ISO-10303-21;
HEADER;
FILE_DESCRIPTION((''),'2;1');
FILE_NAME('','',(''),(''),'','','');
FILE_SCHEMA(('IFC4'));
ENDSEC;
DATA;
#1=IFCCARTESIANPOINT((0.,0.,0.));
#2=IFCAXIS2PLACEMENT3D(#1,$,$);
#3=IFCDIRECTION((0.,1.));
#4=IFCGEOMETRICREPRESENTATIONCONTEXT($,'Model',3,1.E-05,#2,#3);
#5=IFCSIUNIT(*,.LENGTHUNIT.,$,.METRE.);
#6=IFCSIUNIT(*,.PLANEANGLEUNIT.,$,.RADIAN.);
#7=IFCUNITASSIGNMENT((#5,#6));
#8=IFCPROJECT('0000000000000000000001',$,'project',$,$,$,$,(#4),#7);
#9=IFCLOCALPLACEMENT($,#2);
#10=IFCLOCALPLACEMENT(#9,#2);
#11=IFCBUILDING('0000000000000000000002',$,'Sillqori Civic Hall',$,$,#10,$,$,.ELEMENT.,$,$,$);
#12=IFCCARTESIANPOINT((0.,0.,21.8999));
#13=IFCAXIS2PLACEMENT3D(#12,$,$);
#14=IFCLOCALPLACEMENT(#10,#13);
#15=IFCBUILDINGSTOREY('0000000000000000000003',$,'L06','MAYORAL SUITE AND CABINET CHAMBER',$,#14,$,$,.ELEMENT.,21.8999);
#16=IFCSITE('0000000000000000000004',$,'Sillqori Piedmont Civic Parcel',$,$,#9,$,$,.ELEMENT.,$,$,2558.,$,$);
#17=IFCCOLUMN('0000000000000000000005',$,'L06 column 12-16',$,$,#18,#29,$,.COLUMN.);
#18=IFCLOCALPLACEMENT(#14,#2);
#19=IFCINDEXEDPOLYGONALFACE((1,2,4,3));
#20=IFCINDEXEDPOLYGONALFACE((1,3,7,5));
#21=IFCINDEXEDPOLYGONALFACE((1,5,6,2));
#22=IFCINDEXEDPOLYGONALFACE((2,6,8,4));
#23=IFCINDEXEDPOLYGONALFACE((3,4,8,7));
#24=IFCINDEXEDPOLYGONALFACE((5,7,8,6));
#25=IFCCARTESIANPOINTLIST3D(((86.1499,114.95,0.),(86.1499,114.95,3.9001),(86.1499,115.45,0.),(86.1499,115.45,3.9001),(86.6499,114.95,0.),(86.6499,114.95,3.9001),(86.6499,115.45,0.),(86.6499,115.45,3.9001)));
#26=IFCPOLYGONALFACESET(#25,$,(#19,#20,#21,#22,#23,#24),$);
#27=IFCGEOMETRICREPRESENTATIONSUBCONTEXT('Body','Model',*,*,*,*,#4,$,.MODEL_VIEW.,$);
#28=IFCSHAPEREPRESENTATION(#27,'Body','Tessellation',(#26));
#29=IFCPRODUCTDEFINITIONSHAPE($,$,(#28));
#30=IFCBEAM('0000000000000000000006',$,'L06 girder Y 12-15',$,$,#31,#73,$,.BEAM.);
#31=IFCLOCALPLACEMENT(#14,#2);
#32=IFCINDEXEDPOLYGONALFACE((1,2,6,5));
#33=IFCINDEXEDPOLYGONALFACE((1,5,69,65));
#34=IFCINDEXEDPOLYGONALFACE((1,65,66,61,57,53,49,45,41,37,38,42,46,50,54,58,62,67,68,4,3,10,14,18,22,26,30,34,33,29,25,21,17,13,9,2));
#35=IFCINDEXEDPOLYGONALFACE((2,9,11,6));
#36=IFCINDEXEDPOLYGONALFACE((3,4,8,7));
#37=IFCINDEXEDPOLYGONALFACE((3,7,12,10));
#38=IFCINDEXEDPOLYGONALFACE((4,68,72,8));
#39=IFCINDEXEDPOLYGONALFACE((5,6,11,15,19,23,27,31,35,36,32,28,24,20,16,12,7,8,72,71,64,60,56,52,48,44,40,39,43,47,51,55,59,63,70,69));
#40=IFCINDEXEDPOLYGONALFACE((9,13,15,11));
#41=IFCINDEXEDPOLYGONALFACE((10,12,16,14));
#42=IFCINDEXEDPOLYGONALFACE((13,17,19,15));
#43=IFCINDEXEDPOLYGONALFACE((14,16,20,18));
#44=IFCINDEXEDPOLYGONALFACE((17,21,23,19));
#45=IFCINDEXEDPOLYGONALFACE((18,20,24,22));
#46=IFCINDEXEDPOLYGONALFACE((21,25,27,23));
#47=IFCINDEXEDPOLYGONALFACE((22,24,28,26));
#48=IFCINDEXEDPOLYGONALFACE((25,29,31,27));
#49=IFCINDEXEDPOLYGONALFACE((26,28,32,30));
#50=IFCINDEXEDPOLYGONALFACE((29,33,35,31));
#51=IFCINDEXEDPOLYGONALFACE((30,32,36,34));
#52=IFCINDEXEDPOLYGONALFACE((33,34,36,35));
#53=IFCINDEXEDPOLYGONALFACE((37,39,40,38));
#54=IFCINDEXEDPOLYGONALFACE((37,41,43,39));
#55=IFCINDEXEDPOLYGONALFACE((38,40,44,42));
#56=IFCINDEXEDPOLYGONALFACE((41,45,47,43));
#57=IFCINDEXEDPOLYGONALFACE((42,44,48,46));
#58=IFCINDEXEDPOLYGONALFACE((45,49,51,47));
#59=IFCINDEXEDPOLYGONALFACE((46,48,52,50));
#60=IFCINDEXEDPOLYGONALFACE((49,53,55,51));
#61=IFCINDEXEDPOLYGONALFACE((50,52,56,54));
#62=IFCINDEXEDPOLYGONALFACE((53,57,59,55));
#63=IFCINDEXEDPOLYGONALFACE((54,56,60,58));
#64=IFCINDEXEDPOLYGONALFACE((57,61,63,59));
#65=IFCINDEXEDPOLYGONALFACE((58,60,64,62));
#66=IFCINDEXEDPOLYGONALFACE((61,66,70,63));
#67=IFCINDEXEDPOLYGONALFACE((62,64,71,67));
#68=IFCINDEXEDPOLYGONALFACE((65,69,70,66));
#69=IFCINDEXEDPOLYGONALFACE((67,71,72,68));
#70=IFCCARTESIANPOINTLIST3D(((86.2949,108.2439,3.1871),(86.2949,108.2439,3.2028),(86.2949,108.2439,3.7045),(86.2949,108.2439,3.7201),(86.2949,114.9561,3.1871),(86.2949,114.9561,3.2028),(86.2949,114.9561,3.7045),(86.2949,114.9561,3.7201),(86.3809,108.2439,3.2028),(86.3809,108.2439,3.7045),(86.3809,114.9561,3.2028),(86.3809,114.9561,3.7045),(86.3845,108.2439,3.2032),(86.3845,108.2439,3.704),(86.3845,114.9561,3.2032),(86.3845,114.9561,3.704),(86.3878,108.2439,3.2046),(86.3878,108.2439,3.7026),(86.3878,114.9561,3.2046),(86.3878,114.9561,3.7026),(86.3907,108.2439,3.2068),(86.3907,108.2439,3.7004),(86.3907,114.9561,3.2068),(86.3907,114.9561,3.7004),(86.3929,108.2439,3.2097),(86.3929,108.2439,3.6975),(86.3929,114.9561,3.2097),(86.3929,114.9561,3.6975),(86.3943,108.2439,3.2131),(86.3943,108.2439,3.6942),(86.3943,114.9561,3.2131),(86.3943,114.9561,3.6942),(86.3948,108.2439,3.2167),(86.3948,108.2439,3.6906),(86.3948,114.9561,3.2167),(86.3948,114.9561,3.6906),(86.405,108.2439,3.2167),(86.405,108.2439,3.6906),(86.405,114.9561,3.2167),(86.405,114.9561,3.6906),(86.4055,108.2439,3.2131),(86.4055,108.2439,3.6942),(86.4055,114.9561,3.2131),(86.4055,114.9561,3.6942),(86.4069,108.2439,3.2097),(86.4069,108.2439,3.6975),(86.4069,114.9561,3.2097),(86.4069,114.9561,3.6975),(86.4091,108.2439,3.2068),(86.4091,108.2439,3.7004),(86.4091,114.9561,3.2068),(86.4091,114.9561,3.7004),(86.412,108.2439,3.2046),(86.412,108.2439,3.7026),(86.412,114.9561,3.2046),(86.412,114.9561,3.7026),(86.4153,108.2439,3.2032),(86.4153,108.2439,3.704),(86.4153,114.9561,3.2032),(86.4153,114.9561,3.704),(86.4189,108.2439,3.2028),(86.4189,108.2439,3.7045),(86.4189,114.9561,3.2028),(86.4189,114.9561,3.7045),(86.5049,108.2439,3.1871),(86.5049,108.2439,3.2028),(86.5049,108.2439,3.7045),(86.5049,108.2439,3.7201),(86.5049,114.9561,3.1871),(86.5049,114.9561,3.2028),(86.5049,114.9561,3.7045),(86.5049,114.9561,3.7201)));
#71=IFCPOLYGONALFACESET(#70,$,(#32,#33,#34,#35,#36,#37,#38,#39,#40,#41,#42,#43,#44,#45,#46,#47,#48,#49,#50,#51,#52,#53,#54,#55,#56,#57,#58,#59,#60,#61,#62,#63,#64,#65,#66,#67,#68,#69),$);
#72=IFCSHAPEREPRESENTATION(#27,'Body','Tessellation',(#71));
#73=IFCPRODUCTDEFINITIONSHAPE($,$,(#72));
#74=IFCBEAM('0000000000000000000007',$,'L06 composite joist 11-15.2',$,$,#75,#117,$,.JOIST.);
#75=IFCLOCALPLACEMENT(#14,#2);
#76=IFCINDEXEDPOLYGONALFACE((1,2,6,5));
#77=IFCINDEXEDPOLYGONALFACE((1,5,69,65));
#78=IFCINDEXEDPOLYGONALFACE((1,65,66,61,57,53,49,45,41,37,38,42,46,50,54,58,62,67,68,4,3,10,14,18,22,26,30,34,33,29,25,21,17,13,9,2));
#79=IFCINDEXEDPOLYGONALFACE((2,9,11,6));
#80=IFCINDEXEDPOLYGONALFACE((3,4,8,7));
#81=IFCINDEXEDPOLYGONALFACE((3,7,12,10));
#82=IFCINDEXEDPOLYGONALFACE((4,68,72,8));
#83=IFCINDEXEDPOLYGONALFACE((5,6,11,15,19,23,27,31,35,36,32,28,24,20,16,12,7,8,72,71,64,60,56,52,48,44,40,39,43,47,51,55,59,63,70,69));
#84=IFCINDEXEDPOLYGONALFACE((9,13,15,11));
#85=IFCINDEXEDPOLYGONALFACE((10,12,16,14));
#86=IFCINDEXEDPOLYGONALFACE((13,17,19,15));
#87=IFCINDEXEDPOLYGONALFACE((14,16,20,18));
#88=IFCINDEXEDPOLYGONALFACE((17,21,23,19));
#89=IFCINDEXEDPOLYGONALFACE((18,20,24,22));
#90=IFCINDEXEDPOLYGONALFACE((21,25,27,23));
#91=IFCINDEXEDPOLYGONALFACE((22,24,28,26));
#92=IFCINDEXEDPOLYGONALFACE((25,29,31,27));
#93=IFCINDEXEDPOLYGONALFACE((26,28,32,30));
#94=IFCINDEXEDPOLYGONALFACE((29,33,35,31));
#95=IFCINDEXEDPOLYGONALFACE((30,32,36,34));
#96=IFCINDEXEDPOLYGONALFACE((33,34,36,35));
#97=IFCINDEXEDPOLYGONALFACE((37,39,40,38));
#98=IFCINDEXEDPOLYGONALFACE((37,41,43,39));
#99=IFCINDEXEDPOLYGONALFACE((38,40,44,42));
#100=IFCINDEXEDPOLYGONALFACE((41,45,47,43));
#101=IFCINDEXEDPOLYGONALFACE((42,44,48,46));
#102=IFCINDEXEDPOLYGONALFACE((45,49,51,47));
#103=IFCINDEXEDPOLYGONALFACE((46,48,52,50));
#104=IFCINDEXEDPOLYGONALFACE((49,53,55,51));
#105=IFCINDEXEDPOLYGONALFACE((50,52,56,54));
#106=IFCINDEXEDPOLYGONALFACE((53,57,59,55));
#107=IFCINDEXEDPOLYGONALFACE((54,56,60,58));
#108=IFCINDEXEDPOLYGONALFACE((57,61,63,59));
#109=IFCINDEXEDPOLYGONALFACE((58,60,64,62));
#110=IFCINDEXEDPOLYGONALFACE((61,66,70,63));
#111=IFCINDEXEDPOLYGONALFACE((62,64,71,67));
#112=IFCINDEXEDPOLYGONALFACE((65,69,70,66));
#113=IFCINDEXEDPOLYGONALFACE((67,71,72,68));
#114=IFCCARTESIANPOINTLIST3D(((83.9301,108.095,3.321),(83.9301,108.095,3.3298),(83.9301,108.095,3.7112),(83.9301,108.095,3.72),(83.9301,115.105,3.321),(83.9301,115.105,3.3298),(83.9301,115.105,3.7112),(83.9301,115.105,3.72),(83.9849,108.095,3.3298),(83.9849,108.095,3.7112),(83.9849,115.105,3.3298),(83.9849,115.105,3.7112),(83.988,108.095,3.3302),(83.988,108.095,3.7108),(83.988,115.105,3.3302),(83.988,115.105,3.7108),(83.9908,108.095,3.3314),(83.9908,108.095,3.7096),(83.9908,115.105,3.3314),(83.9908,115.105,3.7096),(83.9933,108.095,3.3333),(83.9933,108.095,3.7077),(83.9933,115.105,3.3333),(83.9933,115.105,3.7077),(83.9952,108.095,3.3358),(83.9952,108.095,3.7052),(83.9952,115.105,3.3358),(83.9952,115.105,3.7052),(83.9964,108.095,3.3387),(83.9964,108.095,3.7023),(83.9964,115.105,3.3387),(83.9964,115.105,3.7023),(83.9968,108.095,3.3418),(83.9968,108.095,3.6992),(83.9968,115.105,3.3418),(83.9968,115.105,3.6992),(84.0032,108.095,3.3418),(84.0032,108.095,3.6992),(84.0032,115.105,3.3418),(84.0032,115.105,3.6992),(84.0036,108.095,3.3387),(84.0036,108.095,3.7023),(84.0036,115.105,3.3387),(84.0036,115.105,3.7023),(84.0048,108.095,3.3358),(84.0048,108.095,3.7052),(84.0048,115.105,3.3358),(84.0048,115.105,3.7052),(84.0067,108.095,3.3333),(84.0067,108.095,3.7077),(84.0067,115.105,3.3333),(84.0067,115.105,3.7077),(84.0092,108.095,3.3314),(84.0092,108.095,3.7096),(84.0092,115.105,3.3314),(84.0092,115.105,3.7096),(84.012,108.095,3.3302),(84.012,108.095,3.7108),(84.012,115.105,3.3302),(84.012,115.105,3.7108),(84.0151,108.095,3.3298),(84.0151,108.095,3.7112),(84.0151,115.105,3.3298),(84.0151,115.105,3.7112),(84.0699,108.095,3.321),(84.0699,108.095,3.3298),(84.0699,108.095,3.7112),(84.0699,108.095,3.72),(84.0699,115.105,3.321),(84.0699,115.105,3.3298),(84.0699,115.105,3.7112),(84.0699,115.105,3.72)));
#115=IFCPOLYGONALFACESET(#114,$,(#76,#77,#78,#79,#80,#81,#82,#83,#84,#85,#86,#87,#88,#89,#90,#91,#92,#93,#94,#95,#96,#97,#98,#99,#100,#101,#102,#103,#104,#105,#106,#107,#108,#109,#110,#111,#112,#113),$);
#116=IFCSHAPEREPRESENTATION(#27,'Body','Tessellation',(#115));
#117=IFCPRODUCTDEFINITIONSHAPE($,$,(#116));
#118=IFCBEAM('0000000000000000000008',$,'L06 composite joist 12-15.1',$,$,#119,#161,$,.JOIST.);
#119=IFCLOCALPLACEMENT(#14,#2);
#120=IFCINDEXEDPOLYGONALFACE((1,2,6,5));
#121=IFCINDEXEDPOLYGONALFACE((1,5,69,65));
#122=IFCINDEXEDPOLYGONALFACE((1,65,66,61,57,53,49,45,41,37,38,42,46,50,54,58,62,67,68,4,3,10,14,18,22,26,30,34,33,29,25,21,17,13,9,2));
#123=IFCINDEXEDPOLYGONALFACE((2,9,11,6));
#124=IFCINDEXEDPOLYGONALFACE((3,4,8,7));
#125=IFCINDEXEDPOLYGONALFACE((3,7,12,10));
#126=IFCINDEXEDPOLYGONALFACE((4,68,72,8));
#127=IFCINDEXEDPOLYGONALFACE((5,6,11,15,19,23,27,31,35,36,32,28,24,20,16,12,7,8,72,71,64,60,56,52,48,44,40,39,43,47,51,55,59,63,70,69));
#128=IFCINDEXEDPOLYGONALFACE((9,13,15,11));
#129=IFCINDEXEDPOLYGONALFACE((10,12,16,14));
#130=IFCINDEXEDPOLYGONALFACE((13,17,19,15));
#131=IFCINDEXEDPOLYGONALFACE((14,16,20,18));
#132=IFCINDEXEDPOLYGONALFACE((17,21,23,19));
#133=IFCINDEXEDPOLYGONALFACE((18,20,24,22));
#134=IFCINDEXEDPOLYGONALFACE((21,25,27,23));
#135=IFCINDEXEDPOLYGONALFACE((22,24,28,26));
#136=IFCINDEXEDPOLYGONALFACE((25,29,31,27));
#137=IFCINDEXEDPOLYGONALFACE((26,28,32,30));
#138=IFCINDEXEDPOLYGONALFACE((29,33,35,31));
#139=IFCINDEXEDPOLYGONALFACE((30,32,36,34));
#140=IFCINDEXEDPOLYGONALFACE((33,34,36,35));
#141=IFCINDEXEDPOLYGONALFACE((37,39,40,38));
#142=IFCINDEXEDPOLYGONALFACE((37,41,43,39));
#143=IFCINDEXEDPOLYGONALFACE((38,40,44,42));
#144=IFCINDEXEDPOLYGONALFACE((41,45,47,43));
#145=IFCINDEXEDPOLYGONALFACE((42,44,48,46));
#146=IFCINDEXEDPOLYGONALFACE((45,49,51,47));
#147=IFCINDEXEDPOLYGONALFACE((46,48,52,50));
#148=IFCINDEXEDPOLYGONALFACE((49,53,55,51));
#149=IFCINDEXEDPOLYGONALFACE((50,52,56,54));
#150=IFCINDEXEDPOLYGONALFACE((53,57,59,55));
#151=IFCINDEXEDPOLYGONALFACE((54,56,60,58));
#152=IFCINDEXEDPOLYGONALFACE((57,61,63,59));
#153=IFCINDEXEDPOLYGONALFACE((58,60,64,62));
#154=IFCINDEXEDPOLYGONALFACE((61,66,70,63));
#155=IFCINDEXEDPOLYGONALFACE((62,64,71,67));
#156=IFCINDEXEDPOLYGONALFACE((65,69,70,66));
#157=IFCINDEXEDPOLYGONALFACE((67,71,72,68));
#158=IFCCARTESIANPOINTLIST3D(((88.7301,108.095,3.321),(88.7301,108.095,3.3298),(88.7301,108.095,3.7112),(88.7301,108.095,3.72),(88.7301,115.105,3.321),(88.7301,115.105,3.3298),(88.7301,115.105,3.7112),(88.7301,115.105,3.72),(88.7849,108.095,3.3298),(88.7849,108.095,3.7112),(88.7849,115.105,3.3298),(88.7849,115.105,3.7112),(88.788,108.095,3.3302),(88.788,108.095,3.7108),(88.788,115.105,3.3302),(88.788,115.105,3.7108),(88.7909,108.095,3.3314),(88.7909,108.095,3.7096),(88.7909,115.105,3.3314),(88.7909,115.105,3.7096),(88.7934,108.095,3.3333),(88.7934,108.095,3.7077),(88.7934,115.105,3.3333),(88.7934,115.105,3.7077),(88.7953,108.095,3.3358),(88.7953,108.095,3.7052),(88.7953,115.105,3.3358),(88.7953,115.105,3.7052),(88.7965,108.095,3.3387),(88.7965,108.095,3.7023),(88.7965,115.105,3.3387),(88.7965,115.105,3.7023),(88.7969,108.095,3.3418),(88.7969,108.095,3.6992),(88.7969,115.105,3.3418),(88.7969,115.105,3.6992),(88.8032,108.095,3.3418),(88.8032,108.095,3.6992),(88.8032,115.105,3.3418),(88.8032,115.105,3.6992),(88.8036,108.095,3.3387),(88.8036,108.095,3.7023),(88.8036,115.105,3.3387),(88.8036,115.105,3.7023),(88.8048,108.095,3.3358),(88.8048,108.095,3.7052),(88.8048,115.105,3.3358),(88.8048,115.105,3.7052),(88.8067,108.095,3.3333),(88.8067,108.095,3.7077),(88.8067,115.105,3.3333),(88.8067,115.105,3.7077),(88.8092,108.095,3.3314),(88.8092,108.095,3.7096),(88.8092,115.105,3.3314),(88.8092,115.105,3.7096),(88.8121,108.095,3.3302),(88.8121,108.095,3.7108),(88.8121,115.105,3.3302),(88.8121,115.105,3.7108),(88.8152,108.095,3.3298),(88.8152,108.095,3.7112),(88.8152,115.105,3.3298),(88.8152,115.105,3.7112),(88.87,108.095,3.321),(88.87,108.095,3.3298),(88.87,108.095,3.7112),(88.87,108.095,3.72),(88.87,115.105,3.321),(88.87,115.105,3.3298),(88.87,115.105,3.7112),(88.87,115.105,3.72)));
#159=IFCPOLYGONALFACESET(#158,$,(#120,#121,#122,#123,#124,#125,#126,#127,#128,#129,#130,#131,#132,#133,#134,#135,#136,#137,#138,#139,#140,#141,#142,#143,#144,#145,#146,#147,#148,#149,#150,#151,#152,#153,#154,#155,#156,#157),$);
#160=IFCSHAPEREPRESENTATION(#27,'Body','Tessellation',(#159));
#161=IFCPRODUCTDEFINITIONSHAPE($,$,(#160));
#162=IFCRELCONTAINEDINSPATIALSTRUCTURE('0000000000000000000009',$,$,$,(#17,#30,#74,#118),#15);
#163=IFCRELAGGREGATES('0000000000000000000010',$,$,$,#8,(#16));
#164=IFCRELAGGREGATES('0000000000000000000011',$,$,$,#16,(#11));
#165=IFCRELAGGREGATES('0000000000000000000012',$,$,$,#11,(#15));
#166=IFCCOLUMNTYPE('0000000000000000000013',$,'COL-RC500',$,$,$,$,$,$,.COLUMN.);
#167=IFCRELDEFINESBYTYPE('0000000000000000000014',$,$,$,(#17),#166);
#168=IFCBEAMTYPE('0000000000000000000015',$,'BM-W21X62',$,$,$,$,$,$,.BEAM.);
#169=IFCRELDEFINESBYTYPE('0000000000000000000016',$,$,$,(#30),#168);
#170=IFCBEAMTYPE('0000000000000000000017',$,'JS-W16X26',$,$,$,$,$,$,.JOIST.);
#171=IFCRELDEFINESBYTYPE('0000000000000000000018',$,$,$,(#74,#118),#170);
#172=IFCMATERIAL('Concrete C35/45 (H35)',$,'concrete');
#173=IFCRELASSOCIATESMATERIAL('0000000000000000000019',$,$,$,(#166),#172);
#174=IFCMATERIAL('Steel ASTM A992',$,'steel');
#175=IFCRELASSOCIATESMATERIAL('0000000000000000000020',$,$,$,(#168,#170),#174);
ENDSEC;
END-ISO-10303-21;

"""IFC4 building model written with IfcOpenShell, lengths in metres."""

from ifc_helpers import new_model, si_unit, direction, frame, origin, origin_2d, place, context, subcontext, project, spatial, rectangle, i_section, extrude, material, material_profile, profile_set, type_object, element, save


model = new_model("IFC4")

# Units and contexts
model_context = context("Model", 3, precision=1e-05, world=origin(), true_north=direction((0.0, 1.0)))
body_context = subcontext(model_context, "Body", "Model", "MODEL_VIEW")
ifc_project = project(units=[si_unit("LENGTHUNIT", "METRE"), si_unit("PLANEANGLEUNIT", "RADIAN")], contexts=[model_context])

# Site, building, storey
site_placement = place(None, origin())
site = spatial("IfcSite", under=ifc_project, at=site_placement, Name="Sillqori Piedmont Civic Parcel", CompositionType="ELEMENT", RefElevation=2558.0)
building_placement = place(site_placement, origin())
building = spatial("IfcBuilding", under=site, at=building_placement, Name="Sillqori Civic Hall", CompositionType="ELEMENT")
storey_placement = place(building_placement, frame((0.0, 0.0, 21.8999)))
storey = spatial("IfcBuildingStorey", under=building, at=storey_placement, Name="L06", Description="MAYORAL SUITE AND CABINET CHAMBER", CompositionType="ELEMENT", Elevation=21.8999)

# Column
ifc_material_1 = material(Name="Concrete C35/45 (H35)", Category="concrete")
ifc_material_profile_1 = material_profile(ifc_material_1, rectangle(XDim=0.5, YDim=0.5, at=origin_2d()), Name="RC 500x500")
ifc_profile_set_1 = profile_set([ifc_material_profile_1], Name="Concrete C35/45 (H35)")
column_type = type_object("IfcColumnType", Name="COL-RC500", PredefinedType="COLUMN", material=ifc_profile_set_1)
column_placement = place(storey_placement, frame((86.3999, 115.2, 0.0), z_axis=(0.0, 0.0, 1.0), x_axis=(1.0, 0.0, 0.0)))
element("IfcColumn", 1, at=column_placement, inside=storey, type_object=column_type, Name="L06 column 12-16", PredefinedType="COLUMN", context=body_context, shape_type="SweptSolid", body=[
    extrude(rectangle(XDim=0.5, YDim=0.5, at=origin_2d()), origin(), (0.0, 0.0, 1.0), 3.9001),
])

# Beams
ifc_material_2 = material(Name="Steel ASTM A992", Category="steel")
ifc_material_profile_2 = material_profile(ifc_material_2, i_section(OverallWidth=0.21, OverallDepth=0.533, WebThickness=0.0103, FlangeThickness=0.0156, FilletRadius=0.0139, at=origin_2d()), Name="W21X62")
ifc_profile_set_2 = profile_set([ifc_material_profile_2], Name="Steel ASTM A992")
beam_type_1 = type_object("IfcBeamType", Name="BM-W21X62", PredefinedType="BEAM", material=ifc_profile_set_2)
beam_1_placement = place(storey_placement, frame((86.3999, 108.2439, 3.4536), z_axis=(0.0, 1.0, 0.0), x_axis=(-1.0, 0.0, 0.0)))
element("IfcBeam", 2, at=beam_1_placement, inside=storey, type_object=beam_type_1, Name="L06 girder Y 12-15", PredefinedType="BEAM", context=body_context, shape_type="SweptSolid", body=[
    extrude(i_section(OverallWidth=0.21, OverallDepth=0.533, WebThickness=0.0103, FlangeThickness=0.0156, FilletRadius=0.0139, at=origin_2d()), origin(), (0.0, 0.0, 1.0), 6.7122),
])
ifc_material_profile_3 = material_profile(ifc_material_2, i_section(OverallWidth=0.1399, OverallDepth=0.3989, WebThickness=0.0063, FlangeThickness=0.0088, FilletRadius=0.012, at=origin_2d()), Name="W16X26")
ifc_profile_set_3 = profile_set([ifc_material_profile_3], Name="Steel ASTM A992")
beam_type_2 = type_object("IfcBeamType", Name="JS-W16X26", PredefinedType="JOIST", material=ifc_profile_set_3)
for number, where, z_axis, x_axis, name in (
    (3, (84.0, 108.095, 3.5205), (0.0, 1.0, 0.0), (-1.0, 0.0, 0.0), "L06 composite joist 11-15.2"),
    (4, (88.8, 108.095, 3.5205), (0.0, 1.0, 0.0), (-1.0, 0.0, 0.0), "L06 composite joist 12-15.1"),
):
    element("IfcBeam", number, at=place(storey_placement, frame(where, z_axis=z_axis, x_axis=x_axis)), inside=storey, type_object=beam_type_2, Name=name, PredefinedType="JOIST", context=body_context, shape_type="SweptSolid", body=[
        extrude(i_section(OverallWidth=0.1399, OverallDepth=0.3989, WebThickness=0.0063, FlangeThickness=0.0088, FilletRadius=0.012, at=origin_2d()), origin(), (0.0, 0.0, 1.0), 7.01),
    ])

save(model, "model.ifc")
